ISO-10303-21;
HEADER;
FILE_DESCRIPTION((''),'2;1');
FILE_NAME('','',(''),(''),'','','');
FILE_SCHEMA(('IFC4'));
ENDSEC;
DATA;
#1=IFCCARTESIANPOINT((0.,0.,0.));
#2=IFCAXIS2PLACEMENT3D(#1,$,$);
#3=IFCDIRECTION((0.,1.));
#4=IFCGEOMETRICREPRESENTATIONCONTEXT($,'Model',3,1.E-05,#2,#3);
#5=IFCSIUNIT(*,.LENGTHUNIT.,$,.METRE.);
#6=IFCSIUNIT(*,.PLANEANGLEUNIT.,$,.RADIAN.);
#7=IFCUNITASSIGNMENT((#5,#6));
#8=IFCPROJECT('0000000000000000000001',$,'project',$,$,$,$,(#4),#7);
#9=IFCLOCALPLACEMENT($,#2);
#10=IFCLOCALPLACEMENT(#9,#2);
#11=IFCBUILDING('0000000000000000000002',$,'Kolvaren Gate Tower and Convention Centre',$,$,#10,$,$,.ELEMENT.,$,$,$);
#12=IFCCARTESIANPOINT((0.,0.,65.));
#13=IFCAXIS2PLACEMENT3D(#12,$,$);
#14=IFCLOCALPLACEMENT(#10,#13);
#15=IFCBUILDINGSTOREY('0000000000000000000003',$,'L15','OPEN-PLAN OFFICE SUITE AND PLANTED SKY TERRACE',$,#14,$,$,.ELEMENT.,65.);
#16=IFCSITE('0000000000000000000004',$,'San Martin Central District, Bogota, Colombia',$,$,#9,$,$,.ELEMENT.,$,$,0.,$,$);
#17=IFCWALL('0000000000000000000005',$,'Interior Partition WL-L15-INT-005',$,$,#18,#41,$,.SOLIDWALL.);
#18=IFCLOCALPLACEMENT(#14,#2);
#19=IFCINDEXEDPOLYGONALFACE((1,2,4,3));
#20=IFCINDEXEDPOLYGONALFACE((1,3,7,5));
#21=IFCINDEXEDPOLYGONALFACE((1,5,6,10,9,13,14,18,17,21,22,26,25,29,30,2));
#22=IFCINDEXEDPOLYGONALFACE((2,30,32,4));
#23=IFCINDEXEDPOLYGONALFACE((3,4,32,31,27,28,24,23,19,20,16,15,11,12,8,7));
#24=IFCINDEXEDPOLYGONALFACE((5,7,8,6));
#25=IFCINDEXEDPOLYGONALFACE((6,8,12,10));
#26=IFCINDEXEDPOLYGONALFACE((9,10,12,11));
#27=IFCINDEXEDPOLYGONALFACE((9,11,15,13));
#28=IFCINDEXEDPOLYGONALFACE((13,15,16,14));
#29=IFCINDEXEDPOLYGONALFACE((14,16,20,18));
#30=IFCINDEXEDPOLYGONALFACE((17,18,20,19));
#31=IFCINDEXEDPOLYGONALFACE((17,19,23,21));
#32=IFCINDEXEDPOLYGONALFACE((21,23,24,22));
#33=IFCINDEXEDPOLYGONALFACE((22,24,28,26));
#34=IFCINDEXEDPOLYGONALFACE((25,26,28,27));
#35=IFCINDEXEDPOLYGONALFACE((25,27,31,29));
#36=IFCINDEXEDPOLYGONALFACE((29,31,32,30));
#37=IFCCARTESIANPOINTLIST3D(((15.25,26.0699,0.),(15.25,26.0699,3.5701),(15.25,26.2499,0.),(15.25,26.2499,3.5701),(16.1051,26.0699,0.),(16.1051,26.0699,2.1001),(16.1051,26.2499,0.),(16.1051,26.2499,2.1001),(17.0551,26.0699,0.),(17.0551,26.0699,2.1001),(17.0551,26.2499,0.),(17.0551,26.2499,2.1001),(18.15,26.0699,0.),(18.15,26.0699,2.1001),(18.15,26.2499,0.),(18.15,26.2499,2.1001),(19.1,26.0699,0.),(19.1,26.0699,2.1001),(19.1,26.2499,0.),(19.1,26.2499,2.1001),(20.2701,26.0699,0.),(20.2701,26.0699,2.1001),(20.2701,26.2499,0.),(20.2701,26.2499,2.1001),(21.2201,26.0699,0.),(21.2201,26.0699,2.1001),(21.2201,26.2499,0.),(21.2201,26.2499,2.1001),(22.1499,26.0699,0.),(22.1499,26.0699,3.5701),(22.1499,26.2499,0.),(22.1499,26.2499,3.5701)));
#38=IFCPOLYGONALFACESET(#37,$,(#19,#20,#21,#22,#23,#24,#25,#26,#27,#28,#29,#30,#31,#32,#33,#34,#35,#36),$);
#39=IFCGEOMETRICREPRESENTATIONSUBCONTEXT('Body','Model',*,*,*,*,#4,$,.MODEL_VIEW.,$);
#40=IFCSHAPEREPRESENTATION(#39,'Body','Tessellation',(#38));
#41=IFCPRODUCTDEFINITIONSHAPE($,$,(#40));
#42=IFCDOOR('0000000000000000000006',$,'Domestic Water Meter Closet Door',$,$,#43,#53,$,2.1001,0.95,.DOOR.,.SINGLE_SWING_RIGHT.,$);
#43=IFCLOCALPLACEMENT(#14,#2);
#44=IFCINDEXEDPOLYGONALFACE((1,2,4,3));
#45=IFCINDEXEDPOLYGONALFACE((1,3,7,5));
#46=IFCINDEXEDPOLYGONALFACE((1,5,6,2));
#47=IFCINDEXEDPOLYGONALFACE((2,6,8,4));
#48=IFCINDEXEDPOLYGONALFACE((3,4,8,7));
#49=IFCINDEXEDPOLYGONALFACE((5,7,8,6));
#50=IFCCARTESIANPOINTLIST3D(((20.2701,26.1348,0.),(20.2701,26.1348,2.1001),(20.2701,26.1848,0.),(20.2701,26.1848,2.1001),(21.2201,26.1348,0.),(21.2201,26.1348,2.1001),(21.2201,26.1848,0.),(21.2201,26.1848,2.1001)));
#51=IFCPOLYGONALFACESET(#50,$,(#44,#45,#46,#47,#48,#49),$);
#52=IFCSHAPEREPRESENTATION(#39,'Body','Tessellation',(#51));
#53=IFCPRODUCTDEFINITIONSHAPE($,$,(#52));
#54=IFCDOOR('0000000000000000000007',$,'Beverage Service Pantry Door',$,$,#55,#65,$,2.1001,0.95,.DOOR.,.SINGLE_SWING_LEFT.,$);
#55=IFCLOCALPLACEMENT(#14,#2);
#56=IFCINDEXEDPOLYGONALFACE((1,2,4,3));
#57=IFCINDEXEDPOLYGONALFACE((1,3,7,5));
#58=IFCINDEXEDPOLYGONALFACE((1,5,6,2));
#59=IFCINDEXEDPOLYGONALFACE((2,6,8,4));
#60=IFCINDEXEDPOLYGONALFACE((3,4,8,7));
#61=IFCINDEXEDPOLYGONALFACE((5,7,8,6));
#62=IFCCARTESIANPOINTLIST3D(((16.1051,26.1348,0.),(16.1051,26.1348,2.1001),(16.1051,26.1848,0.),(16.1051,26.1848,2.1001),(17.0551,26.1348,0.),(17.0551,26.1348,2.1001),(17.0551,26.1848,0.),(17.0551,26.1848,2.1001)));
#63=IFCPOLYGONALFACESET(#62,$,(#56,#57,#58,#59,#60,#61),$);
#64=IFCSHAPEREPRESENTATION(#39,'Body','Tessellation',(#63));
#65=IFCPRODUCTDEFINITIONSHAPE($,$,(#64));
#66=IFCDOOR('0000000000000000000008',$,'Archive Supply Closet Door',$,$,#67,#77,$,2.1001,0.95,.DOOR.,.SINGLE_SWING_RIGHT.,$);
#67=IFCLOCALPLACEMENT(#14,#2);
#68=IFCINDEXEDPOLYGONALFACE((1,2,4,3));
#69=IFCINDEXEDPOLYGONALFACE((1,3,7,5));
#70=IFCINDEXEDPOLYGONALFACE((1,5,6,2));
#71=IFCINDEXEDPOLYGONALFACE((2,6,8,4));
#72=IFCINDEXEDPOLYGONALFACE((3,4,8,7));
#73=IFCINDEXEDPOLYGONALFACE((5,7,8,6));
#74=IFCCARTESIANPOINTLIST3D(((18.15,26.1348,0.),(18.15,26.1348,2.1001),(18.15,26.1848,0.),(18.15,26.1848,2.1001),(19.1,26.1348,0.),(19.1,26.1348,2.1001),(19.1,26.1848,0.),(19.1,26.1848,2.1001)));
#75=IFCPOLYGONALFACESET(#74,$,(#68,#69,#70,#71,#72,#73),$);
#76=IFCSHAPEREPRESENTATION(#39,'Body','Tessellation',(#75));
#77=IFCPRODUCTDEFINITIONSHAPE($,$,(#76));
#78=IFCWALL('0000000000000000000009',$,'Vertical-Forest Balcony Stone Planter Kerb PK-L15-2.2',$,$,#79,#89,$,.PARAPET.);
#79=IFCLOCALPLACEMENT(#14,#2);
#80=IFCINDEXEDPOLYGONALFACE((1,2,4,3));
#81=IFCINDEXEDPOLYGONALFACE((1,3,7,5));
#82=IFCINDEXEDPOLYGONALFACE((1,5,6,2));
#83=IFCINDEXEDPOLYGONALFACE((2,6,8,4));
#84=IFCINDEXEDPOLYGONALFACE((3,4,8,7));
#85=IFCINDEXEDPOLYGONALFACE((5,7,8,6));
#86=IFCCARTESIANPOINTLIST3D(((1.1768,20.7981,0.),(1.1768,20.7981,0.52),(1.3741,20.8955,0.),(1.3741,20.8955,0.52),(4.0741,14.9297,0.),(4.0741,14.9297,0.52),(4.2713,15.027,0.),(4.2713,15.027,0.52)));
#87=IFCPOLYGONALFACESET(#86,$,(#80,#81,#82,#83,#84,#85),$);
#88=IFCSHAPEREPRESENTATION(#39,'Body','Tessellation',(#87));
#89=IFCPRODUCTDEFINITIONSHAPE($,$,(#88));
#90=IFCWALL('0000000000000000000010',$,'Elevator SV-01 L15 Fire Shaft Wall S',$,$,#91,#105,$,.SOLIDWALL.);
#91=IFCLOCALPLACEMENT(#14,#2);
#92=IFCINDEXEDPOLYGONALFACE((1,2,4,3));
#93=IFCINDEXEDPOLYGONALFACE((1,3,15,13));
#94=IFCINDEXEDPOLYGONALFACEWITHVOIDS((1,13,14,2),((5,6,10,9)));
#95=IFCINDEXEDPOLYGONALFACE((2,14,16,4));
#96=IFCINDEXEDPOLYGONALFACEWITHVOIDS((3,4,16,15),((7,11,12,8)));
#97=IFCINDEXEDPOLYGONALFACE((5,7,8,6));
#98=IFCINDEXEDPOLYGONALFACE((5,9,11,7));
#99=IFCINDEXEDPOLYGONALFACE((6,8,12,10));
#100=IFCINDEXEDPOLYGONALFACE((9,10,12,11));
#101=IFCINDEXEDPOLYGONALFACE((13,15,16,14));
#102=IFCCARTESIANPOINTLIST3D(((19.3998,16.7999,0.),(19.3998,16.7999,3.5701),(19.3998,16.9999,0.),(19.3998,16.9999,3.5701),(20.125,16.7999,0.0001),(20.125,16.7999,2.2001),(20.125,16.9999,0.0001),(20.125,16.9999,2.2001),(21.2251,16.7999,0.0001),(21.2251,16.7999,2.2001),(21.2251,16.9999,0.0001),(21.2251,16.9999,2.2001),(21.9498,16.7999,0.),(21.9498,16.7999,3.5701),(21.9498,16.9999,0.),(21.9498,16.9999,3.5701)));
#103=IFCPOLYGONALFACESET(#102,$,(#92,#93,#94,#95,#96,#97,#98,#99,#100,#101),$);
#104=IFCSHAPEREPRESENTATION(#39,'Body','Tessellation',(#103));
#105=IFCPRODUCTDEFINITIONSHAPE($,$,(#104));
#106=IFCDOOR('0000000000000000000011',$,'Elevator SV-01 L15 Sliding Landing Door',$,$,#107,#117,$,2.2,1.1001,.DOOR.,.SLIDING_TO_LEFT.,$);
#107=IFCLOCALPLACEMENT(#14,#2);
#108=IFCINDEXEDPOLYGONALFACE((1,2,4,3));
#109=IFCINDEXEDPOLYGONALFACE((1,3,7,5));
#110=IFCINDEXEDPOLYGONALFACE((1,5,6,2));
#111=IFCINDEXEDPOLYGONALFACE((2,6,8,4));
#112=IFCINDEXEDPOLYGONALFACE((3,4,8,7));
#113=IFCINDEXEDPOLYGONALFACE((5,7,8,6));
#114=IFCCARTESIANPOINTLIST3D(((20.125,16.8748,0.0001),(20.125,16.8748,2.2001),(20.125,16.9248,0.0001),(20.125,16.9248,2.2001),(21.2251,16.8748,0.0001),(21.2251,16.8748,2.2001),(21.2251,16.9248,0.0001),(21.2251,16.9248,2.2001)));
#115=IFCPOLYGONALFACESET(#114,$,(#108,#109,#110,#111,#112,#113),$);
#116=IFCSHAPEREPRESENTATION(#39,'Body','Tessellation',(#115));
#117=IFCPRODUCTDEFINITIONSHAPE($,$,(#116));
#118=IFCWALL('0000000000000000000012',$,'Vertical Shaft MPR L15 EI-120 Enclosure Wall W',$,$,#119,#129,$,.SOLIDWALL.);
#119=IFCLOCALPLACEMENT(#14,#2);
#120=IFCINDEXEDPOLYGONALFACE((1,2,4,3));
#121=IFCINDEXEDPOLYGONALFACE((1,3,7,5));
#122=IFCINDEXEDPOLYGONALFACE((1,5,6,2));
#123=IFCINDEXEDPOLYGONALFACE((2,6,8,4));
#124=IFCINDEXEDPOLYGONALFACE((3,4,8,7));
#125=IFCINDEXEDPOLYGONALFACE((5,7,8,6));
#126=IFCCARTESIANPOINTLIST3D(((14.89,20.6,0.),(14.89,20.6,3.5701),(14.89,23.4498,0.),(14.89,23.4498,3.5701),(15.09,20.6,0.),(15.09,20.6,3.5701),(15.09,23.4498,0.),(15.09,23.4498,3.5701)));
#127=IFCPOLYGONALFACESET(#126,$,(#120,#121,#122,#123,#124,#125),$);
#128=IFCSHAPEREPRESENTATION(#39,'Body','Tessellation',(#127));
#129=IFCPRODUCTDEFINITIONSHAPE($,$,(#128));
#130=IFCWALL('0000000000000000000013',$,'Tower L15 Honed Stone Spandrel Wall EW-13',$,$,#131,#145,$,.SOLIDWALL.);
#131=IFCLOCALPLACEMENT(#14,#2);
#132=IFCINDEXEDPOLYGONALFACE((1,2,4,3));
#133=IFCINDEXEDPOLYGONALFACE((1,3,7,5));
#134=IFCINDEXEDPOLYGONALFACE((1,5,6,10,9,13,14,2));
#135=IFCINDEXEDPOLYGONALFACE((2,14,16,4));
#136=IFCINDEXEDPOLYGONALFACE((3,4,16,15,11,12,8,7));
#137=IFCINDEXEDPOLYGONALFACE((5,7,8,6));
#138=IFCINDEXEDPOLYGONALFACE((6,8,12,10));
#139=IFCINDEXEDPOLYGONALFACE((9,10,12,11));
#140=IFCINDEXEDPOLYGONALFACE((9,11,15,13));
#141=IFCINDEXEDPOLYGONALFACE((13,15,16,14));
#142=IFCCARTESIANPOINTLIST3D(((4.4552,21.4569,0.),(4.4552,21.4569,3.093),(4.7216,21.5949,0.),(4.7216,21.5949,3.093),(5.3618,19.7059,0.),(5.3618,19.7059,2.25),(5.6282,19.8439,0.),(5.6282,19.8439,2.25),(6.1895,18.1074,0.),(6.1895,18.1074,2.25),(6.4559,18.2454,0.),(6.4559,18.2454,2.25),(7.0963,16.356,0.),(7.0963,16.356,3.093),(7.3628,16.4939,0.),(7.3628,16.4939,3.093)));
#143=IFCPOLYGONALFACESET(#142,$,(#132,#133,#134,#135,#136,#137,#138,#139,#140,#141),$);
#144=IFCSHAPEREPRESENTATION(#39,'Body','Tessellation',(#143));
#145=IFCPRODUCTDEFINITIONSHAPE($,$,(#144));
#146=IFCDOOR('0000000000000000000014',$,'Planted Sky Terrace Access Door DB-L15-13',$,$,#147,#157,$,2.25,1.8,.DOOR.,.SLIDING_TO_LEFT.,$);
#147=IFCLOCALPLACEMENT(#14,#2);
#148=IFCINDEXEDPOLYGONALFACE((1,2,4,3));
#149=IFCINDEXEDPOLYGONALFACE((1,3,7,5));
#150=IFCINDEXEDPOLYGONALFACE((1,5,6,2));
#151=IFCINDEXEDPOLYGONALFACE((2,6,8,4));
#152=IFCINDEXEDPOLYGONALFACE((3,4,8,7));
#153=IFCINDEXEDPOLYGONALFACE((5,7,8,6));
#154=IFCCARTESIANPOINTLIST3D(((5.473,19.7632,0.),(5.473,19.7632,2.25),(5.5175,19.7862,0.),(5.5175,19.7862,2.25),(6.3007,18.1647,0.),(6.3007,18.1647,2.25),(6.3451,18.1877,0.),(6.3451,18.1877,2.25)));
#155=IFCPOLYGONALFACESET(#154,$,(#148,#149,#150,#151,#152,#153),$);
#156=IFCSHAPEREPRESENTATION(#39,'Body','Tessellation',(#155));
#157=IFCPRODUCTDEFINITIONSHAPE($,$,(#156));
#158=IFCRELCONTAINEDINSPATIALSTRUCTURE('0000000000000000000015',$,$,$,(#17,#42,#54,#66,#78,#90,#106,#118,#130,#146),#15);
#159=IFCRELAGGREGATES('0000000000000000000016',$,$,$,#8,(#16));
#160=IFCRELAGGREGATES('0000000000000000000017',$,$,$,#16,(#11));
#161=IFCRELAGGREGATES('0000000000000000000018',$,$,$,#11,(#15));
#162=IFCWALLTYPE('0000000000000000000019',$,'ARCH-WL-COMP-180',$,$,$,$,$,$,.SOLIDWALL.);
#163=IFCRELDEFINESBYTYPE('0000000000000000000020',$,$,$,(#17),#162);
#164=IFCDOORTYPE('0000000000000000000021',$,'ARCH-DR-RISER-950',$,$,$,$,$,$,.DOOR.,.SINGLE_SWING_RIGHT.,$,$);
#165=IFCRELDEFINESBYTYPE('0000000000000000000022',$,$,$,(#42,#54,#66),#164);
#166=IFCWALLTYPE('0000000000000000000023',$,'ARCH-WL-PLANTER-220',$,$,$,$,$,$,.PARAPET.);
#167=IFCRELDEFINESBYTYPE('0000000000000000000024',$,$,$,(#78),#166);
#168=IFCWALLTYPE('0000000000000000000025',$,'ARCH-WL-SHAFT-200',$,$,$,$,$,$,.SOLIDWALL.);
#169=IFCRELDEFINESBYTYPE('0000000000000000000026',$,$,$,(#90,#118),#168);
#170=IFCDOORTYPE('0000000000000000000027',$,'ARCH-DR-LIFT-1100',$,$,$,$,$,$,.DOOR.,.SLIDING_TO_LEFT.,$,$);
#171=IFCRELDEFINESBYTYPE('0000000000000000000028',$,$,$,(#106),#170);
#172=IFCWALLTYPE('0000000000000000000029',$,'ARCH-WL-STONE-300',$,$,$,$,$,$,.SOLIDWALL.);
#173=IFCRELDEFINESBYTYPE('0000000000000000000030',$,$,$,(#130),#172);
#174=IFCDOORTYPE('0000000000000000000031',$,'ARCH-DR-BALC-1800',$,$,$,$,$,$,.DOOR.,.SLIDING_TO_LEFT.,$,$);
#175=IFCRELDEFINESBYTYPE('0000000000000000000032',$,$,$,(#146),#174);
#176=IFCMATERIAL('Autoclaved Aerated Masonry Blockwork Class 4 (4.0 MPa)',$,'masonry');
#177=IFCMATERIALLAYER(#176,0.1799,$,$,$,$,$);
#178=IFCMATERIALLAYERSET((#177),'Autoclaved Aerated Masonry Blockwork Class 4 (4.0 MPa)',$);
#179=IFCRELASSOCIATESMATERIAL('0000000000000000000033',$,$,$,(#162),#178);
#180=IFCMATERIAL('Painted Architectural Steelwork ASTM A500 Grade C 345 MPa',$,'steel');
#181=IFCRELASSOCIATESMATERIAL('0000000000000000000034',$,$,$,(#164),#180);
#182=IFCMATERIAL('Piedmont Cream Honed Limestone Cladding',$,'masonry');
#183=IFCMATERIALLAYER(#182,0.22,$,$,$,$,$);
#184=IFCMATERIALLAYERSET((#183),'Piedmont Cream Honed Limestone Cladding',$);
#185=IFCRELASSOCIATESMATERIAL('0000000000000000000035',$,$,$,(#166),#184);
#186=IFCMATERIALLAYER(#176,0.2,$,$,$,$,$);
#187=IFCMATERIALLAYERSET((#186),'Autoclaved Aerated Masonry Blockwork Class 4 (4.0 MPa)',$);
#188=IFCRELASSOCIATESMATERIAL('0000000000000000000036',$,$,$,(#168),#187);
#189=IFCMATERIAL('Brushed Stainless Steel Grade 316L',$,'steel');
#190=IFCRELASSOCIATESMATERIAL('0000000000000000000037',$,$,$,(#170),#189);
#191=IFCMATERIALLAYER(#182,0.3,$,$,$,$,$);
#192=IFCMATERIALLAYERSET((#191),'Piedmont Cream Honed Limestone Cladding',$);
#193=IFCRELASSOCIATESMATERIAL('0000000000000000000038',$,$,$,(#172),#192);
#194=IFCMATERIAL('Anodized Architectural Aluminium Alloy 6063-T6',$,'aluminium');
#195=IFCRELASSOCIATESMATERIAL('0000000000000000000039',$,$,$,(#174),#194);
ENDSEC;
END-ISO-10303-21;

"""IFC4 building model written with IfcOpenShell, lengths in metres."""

from ifc_helpers import new_model, si_unit, direction, frame, frame_2d, origin, place, context, subcontext, project, spatial, rectangle, extrude, material, layer, layer_set, type_object, element, fill, save


model = new_model("IFC4")

# Units and contexts
model_context = context("Model", 3, precision=1e-05, world=origin(), true_north=direction((0.0, 1.0)))
body_context = subcontext(model_context, "Body", "Model", "MODEL_VIEW")
ifc_project = project(units=[si_unit("LENGTHUNIT", "METRE"), si_unit("PLANEANGLEUNIT", "RADIAN")], contexts=[model_context])

# Site, building, storey
site_placement = place(None, origin())
site = spatial("IfcSite", under=ifc_project, at=site_placement, Name="San Martin Central District, Bogota, Colombia", CompositionType="ELEMENT", RefElevation=0.0)
building_placement = place(site_placement, origin())
building = spatial("IfcBuilding", under=site, at=building_placement, Name="Kolvaren Gate Tower and Convention Centre", CompositionType="ELEMENT")
storey_placement = place(building_placement, frame((0.0, 0.0, 65.0)))
storey = spatial("IfcBuildingStorey", under=building, at=storey_placement, Name="L15", Description="OPEN-PLAN OFFICE SUITE AND PLANTED SKY TERRACE", CompositionType="ELEMENT", Elevation=65.0)

# Wall, openings, doors
ifc_material_1 = material(Name="Autoclaved Aerated Masonry Blockwork Class 4 (4.0 MPa)", Category="masonry")
ifc_layer_1 = layer(ifc_material_1, 0.1799)
ifc_layer_set_1 = layer_set([ifc_layer_1], Name="Autoclaved Aerated Masonry Blockwork Class 4 (4.0 MPa)")
wall_type_1 = type_object("IfcWallType", Name="ARCH-WL-COMP-180", PredefinedType="SOLIDWALL", material=ifc_layer_set_1)
wall_1_placement = place(storey_placement, frame((15.25, 26.1599, 0.0), z_axis=(0.0, 0.0, 1.0), x_axis=(1.0, 0.0, 0.0)))
wall_1 = element("IfcWall", 1, at=wall_1_placement, inside=storey, type_object=wall_type_1, Name="Interior Partition WL-L15-INT-005", PredefinedType="SOLIDWALL", context=body_context, shape_type="SweptSolid", body=[
    extrude(rectangle(XDim=6.8999, YDim=0.1799, at=frame_2d((3.45, 0.0))), origin(), (0.0, 0.0, 1.0), 3.5701),
])
opening_1_placement = place(wall_1_placement, frame((5.02, 0.0, 0.0)))
opening_1 = element("IfcOpeningElement", 2, at=opening_1_placement, cuts=wall_1, PredefinedType="OPENING", context=body_context, shape_type="SweptSolid", body=[
    extrude(rectangle(XDim=0.95, YDim=2.1001, at=frame_2d((0.4751, 1.05))), frame((0.0, 0.0999, 0.0), z_axis=(0.0, -1.0, 0.0), x_axis=(1.0, 0.0, 0.0)), (0.0, 0.0, 1.0), 0.2),
])
opening_2_placement = place(wall_1_placement, frame((0.855, 0.0, 0.0)))
opening_2 = element("IfcOpeningElement", 3, at=opening_2_placement, cuts=wall_1, PredefinedType="OPENING", context=body_context, shape_type="SweptSolid", body=[
    extrude(rectangle(XDim=0.95, YDim=2.1001, at=frame_2d((0.4751, 1.05))), frame((0.0, 0.0999, 0.0), z_axis=(0.0, -1.0, 0.0), x_axis=(1.0, 0.0, 0.0)), (0.0, 0.0, 1.0), 0.2),
])
opening_3_placement = place(wall_1_placement, frame((2.8999, 0.0, 0.0)))
opening_3 = element("IfcOpeningElement", 4, at=opening_3_placement, cuts=wall_1, PredefinedType="OPENING", context=body_context, shape_type="SweptSolid", body=[
    extrude(rectangle(XDim=0.95, YDim=2.1001, at=frame_2d((0.4751, 1.05))), frame((0.0, 0.0999, 0.0), z_axis=(0.0, -1.0, 0.0), x_axis=(1.0, 0.0, 0.0)), (0.0, 0.0, 1.0), 0.2),
])
ifc_material_2 = material(Name="Painted Architectural Steelwork ASTM A500 Grade C 345 MPa", Category="steel")
door_type_1 = type_object("IfcDoorType", Name="ARCH-DR-RISER-950", OperationType="SINGLE_SWING_RIGHT", PredefinedType="DOOR", material=ifc_material_2)
door_1_placement = place(opening_1_placement, origin())
door_1 = element("IfcDoor", 5, at=door_1_placement, inside=storey, type_object=door_type_1, Name="Domestic Water Meter Closet Door", OperationType="SINGLE_SWING_RIGHT", OverallHeight=2.1001, OverallWidth=0.95, PredefinedType="DOOR", context=body_context, shape_type="SweptSolid", body=[
    extrude(rectangle(XDim=0.95, YDim=2.1001, at=frame_2d((0.4751, 1.05))), frame((0.0, 0.0249, 0.0), z_axis=(0.0, -1.0, 0.0), x_axis=(1.0, 0.0, 0.0)), (0.0, 0.0, 1.0), 0.05),
])
fill(opening_1, door_1)
door_2_placement = place(opening_2_placement, origin())
door_2 = element("IfcDoor", 6, at=door_2_placement, inside=storey, type_object=door_type_1, Name="Beverage Service Pantry Door", OperationType="SINGLE_SWING_LEFT", OverallHeight=2.1001, OverallWidth=0.95, PredefinedType="DOOR", context=body_context, shape_type="SweptSolid", body=[
    extrude(rectangle(XDim=0.95, YDim=2.1001, at=frame_2d((0.4751, 1.05))), frame((0.0, 0.0249, 0.0), z_axis=(0.0, -1.0, 0.0), x_axis=(1.0, 0.0, 0.0)), (0.0, 0.0, 1.0), 0.05),
])
fill(opening_2, door_2)
door_3_placement = place(opening_3_placement, origin())
door_3 = element("IfcDoor", 7, at=door_3_placement, inside=storey, type_object=door_type_1, Name="Archive Supply Closet Door", OperationType="SINGLE_SWING_RIGHT", OverallHeight=2.1001, OverallWidth=0.95, PredefinedType="DOOR", context=body_context, shape_type="SweptSolid", body=[
    extrude(rectangle(XDim=0.95, YDim=2.1001, at=frame_2d((0.4751, 1.05))), frame((0.0, 0.0249, 0.0), z_axis=(0.0, -1.0, 0.0), x_axis=(1.0, 0.0, 0.0)), (0.0, 0.0, 1.0), 0.05),
])
fill(opening_3, door_3)

# Wall
ifc_material_3 = material(Name="Piedmont Cream Honed Limestone Cladding", Category="masonry")
ifc_layer_2 = layer(ifc_material_3, 0.22)
ifc_layer_set_2 = layer_set([ifc_layer_2], Name="Piedmont Cream Honed Limestone Cladding")
wall_type_2 = type_object("IfcWallType", Name="ARCH-WL-PLANTER-220", PredefinedType="PARAPET", material=ifc_layer_set_2)
wall_2_placement = place(storey_placement, frame((1.2754, 20.8469, 0.0), z_axis=(0.0, 0.0, 1.0), x_axis=(0.442687, -0.896676, 0.0)))
element("IfcWall", 8, at=wall_2_placement, inside=storey, type_object=wall_type_2, Name="Vertical-Forest Balcony Stone Planter Kerb PK-L15-2.2", PredefinedType="PARAPET", context=body_context, shape_type="SweptSolid", body=[
    extrude(rectangle(XDim=6.5447, YDim=0.22, at=frame_2d((3.2725, 0.0))), origin(), (0.0, 0.0, 1.0), 0.52),
])

# Wall, opening, door
ifc_layer_3 = layer(ifc_material_1, 0.2)
ifc_layer_set_3 = layer_set([ifc_layer_3], Name="Autoclaved Aerated Masonry Blockwork Class 4 (4.0 MPa)")
wall_type_3 = type_object("IfcWallType", Name="ARCH-WL-SHAFT-200", PredefinedType="SOLIDWALL", material=ifc_layer_set_3)
wall_3_placement = place(storey_placement, frame((19.3999, 16.8999, 0.0), z_axis=(0.0, 0.0, 1.0), x_axis=(1.0, 0.0, 0.0)))
wall_3 = element("IfcWall", 9, at=wall_3_placement, inside=storey, type_object=wall_type_3, Name="Elevator SV-01 L15 Fire Shaft Wall S", PredefinedType="SOLIDWALL", context=body_context, shape_type="SweptSolid", body=[
    extrude(rectangle(XDim=2.55, YDim=0.2, at=frame_2d((1.2749, 0.0))), origin(), (0.0, 0.0, 1.0), 3.5701),
])
opening_4_placement = place(wall_3_placement, frame((0.7251, 0.0, 0.0)))
opening_4 = element("IfcOpeningElement", 10, at=opening_4_placement, cuts=wall_3, PredefinedType="OPENING", context=body_context, shape_type="SweptSolid", body=[
    extrude(rectangle(XDim=1.1001, YDim=2.2, at=frame_2d((0.55, 1.1001))), frame((0.0, 0.1099, 0.0), z_axis=(0.0, -1.0, 0.0), x_axis=(1.0, 0.0, 0.0)), (0.0, 0.0, 1.0), 0.22),
])
ifc_material_4 = material(Name="Brushed Stainless Steel Grade 316L", Category="steel")
door_type_2 = type_object("IfcDoorType", Name="ARCH-DR-LIFT-1100", OperationType="SLIDING_TO_LEFT", PredefinedType="DOOR", material=ifc_material_4)
door_4_placement = place(opening_4_placement, origin())
door_4 = element("IfcDoor", 11, at=door_4_placement, inside=storey, type_object=door_type_2, Name="Elevator SV-01 L15 Sliding Landing Door", OperationType="SLIDING_TO_LEFT", OverallHeight=2.2, OverallWidth=1.1001, PredefinedType="DOOR", context=body_context, shape_type="SweptSolid", body=[
    extrude(rectangle(XDim=1.1001, YDim=2.2, at=frame_2d((0.55, 1.1001))), frame((0.0, 0.0249, 0.0), z_axis=(0.0, -1.0, 0.0), x_axis=(1.0, 0.0, 0.0)), (0.0, 0.0, 1.0), 0.05),
])
fill(opening_4, door_4)

# Wall
wall_4_placement = place(storey_placement, frame((14.99, 20.6001, 0.0), z_axis=(0.0, 0.0, 1.0), x_axis=(0.0, 1.0, 0.0)))
element("IfcWall", 12, at=wall_4_placement, inside=storey, type_object=wall_type_3, Name="Vertical Shaft MPR L15 EI-120 Enclosure Wall W", PredefinedType="SOLIDWALL", context=body_context, shape_type="SweptSolid", body=[
    extrude(rectangle(XDim=2.8499, YDim=0.2, at=frame_2d((1.4248, 0.0))), origin(), (0.0, 0.0, 1.0), 3.5701),
])

# Wall, opening, door
ifc_layer_4 = layer(ifc_material_3, 0.3)
ifc_layer_set_4 = layer_set([ifc_layer_4], Name="Piedmont Cream Honed Limestone Cladding")
wall_type_4 = type_object("IfcWallType", Name="ARCH-WL-STONE-300", PredefinedType="SOLIDWALL", material=ifc_layer_set_4)
wall_5_placement = place(storey_placement, frame((4.5884, 21.5259, 0.0), z_axis=(0.0, 0.0, 1.0), x_axis=(0.459801, -0.888022, 0.0)))
wall_5 = element("IfcWall", 13, at=wall_5_placement, inside=storey, type_object=wall_type_4, Name="Tower L15 Honed Stone Spandrel Wall EW-13", PredefinedType="SOLIDWALL", context=body_context, shape_type="SweptSolid", body=[
    extrude(rectangle(XDim=5.7441, YDim=0.3, at=frame_2d((2.8721, 0.0))), origin(), (0.0, 0.0, 1.0), 3.093),
])
opening_5_placement = place(wall_5_placement, frame((1.9719, 0.0, 0.0)))
opening_5 = element("IfcOpeningElement", 14, at=opening_5_placement, cuts=wall_5, PredefinedType="OPENING", context=body_context, shape_type="SweptSolid", body=[
    extrude(rectangle(XDim=1.8, YDim=2.25, at=frame_2d((0.8999, 1.125))), frame((0.0, 0.1599, 0.0), z_axis=(0.0, -1.0, 0.0), x_axis=(1.0, 0.0, 0.0)), (0.0, 0.0, 1.0), 0.3201),
])
ifc_material_5 = material(Name="Anodized Architectural Aluminium Alloy 6063-T6", Category="aluminium")
door_type_3 = type_object("IfcDoorType", Name="ARCH-DR-BALC-1800", OperationType="SLIDING_TO_LEFT", PredefinedType="DOOR", material=ifc_material_5)
door_5_placement = place(opening_5_placement, frame((1.8, 0.0, 0.0), z_axis=(0.0, 0.0, 1.0), x_axis=(-1.0, 0.0, 0.0)))
door_5 = element("IfcDoor", 15, at=door_5_placement, inside=storey, type_object=door_type_3, Name="Planted Sky Terrace Access Door DB-L15-13", OperationType="SLIDING_TO_LEFT", OverallHeight=2.25, OverallWidth=1.8, PredefinedType="DOOR", context=body_context, shape_type="SweptSolid", body=[
    extrude(rectangle(XDim=1.8, YDim=2.25, at=frame_2d((0.8999, 1.125))), frame((0.0, 0.0249, 0.0), z_axis=(0.0, -1.0, 0.0), x_axis=(1.0, 0.0, 0.0)), (0.0, 0.0, 1.0), 0.05),
])
fill(opening_5, door_5)

save(model, "model.ifc")
